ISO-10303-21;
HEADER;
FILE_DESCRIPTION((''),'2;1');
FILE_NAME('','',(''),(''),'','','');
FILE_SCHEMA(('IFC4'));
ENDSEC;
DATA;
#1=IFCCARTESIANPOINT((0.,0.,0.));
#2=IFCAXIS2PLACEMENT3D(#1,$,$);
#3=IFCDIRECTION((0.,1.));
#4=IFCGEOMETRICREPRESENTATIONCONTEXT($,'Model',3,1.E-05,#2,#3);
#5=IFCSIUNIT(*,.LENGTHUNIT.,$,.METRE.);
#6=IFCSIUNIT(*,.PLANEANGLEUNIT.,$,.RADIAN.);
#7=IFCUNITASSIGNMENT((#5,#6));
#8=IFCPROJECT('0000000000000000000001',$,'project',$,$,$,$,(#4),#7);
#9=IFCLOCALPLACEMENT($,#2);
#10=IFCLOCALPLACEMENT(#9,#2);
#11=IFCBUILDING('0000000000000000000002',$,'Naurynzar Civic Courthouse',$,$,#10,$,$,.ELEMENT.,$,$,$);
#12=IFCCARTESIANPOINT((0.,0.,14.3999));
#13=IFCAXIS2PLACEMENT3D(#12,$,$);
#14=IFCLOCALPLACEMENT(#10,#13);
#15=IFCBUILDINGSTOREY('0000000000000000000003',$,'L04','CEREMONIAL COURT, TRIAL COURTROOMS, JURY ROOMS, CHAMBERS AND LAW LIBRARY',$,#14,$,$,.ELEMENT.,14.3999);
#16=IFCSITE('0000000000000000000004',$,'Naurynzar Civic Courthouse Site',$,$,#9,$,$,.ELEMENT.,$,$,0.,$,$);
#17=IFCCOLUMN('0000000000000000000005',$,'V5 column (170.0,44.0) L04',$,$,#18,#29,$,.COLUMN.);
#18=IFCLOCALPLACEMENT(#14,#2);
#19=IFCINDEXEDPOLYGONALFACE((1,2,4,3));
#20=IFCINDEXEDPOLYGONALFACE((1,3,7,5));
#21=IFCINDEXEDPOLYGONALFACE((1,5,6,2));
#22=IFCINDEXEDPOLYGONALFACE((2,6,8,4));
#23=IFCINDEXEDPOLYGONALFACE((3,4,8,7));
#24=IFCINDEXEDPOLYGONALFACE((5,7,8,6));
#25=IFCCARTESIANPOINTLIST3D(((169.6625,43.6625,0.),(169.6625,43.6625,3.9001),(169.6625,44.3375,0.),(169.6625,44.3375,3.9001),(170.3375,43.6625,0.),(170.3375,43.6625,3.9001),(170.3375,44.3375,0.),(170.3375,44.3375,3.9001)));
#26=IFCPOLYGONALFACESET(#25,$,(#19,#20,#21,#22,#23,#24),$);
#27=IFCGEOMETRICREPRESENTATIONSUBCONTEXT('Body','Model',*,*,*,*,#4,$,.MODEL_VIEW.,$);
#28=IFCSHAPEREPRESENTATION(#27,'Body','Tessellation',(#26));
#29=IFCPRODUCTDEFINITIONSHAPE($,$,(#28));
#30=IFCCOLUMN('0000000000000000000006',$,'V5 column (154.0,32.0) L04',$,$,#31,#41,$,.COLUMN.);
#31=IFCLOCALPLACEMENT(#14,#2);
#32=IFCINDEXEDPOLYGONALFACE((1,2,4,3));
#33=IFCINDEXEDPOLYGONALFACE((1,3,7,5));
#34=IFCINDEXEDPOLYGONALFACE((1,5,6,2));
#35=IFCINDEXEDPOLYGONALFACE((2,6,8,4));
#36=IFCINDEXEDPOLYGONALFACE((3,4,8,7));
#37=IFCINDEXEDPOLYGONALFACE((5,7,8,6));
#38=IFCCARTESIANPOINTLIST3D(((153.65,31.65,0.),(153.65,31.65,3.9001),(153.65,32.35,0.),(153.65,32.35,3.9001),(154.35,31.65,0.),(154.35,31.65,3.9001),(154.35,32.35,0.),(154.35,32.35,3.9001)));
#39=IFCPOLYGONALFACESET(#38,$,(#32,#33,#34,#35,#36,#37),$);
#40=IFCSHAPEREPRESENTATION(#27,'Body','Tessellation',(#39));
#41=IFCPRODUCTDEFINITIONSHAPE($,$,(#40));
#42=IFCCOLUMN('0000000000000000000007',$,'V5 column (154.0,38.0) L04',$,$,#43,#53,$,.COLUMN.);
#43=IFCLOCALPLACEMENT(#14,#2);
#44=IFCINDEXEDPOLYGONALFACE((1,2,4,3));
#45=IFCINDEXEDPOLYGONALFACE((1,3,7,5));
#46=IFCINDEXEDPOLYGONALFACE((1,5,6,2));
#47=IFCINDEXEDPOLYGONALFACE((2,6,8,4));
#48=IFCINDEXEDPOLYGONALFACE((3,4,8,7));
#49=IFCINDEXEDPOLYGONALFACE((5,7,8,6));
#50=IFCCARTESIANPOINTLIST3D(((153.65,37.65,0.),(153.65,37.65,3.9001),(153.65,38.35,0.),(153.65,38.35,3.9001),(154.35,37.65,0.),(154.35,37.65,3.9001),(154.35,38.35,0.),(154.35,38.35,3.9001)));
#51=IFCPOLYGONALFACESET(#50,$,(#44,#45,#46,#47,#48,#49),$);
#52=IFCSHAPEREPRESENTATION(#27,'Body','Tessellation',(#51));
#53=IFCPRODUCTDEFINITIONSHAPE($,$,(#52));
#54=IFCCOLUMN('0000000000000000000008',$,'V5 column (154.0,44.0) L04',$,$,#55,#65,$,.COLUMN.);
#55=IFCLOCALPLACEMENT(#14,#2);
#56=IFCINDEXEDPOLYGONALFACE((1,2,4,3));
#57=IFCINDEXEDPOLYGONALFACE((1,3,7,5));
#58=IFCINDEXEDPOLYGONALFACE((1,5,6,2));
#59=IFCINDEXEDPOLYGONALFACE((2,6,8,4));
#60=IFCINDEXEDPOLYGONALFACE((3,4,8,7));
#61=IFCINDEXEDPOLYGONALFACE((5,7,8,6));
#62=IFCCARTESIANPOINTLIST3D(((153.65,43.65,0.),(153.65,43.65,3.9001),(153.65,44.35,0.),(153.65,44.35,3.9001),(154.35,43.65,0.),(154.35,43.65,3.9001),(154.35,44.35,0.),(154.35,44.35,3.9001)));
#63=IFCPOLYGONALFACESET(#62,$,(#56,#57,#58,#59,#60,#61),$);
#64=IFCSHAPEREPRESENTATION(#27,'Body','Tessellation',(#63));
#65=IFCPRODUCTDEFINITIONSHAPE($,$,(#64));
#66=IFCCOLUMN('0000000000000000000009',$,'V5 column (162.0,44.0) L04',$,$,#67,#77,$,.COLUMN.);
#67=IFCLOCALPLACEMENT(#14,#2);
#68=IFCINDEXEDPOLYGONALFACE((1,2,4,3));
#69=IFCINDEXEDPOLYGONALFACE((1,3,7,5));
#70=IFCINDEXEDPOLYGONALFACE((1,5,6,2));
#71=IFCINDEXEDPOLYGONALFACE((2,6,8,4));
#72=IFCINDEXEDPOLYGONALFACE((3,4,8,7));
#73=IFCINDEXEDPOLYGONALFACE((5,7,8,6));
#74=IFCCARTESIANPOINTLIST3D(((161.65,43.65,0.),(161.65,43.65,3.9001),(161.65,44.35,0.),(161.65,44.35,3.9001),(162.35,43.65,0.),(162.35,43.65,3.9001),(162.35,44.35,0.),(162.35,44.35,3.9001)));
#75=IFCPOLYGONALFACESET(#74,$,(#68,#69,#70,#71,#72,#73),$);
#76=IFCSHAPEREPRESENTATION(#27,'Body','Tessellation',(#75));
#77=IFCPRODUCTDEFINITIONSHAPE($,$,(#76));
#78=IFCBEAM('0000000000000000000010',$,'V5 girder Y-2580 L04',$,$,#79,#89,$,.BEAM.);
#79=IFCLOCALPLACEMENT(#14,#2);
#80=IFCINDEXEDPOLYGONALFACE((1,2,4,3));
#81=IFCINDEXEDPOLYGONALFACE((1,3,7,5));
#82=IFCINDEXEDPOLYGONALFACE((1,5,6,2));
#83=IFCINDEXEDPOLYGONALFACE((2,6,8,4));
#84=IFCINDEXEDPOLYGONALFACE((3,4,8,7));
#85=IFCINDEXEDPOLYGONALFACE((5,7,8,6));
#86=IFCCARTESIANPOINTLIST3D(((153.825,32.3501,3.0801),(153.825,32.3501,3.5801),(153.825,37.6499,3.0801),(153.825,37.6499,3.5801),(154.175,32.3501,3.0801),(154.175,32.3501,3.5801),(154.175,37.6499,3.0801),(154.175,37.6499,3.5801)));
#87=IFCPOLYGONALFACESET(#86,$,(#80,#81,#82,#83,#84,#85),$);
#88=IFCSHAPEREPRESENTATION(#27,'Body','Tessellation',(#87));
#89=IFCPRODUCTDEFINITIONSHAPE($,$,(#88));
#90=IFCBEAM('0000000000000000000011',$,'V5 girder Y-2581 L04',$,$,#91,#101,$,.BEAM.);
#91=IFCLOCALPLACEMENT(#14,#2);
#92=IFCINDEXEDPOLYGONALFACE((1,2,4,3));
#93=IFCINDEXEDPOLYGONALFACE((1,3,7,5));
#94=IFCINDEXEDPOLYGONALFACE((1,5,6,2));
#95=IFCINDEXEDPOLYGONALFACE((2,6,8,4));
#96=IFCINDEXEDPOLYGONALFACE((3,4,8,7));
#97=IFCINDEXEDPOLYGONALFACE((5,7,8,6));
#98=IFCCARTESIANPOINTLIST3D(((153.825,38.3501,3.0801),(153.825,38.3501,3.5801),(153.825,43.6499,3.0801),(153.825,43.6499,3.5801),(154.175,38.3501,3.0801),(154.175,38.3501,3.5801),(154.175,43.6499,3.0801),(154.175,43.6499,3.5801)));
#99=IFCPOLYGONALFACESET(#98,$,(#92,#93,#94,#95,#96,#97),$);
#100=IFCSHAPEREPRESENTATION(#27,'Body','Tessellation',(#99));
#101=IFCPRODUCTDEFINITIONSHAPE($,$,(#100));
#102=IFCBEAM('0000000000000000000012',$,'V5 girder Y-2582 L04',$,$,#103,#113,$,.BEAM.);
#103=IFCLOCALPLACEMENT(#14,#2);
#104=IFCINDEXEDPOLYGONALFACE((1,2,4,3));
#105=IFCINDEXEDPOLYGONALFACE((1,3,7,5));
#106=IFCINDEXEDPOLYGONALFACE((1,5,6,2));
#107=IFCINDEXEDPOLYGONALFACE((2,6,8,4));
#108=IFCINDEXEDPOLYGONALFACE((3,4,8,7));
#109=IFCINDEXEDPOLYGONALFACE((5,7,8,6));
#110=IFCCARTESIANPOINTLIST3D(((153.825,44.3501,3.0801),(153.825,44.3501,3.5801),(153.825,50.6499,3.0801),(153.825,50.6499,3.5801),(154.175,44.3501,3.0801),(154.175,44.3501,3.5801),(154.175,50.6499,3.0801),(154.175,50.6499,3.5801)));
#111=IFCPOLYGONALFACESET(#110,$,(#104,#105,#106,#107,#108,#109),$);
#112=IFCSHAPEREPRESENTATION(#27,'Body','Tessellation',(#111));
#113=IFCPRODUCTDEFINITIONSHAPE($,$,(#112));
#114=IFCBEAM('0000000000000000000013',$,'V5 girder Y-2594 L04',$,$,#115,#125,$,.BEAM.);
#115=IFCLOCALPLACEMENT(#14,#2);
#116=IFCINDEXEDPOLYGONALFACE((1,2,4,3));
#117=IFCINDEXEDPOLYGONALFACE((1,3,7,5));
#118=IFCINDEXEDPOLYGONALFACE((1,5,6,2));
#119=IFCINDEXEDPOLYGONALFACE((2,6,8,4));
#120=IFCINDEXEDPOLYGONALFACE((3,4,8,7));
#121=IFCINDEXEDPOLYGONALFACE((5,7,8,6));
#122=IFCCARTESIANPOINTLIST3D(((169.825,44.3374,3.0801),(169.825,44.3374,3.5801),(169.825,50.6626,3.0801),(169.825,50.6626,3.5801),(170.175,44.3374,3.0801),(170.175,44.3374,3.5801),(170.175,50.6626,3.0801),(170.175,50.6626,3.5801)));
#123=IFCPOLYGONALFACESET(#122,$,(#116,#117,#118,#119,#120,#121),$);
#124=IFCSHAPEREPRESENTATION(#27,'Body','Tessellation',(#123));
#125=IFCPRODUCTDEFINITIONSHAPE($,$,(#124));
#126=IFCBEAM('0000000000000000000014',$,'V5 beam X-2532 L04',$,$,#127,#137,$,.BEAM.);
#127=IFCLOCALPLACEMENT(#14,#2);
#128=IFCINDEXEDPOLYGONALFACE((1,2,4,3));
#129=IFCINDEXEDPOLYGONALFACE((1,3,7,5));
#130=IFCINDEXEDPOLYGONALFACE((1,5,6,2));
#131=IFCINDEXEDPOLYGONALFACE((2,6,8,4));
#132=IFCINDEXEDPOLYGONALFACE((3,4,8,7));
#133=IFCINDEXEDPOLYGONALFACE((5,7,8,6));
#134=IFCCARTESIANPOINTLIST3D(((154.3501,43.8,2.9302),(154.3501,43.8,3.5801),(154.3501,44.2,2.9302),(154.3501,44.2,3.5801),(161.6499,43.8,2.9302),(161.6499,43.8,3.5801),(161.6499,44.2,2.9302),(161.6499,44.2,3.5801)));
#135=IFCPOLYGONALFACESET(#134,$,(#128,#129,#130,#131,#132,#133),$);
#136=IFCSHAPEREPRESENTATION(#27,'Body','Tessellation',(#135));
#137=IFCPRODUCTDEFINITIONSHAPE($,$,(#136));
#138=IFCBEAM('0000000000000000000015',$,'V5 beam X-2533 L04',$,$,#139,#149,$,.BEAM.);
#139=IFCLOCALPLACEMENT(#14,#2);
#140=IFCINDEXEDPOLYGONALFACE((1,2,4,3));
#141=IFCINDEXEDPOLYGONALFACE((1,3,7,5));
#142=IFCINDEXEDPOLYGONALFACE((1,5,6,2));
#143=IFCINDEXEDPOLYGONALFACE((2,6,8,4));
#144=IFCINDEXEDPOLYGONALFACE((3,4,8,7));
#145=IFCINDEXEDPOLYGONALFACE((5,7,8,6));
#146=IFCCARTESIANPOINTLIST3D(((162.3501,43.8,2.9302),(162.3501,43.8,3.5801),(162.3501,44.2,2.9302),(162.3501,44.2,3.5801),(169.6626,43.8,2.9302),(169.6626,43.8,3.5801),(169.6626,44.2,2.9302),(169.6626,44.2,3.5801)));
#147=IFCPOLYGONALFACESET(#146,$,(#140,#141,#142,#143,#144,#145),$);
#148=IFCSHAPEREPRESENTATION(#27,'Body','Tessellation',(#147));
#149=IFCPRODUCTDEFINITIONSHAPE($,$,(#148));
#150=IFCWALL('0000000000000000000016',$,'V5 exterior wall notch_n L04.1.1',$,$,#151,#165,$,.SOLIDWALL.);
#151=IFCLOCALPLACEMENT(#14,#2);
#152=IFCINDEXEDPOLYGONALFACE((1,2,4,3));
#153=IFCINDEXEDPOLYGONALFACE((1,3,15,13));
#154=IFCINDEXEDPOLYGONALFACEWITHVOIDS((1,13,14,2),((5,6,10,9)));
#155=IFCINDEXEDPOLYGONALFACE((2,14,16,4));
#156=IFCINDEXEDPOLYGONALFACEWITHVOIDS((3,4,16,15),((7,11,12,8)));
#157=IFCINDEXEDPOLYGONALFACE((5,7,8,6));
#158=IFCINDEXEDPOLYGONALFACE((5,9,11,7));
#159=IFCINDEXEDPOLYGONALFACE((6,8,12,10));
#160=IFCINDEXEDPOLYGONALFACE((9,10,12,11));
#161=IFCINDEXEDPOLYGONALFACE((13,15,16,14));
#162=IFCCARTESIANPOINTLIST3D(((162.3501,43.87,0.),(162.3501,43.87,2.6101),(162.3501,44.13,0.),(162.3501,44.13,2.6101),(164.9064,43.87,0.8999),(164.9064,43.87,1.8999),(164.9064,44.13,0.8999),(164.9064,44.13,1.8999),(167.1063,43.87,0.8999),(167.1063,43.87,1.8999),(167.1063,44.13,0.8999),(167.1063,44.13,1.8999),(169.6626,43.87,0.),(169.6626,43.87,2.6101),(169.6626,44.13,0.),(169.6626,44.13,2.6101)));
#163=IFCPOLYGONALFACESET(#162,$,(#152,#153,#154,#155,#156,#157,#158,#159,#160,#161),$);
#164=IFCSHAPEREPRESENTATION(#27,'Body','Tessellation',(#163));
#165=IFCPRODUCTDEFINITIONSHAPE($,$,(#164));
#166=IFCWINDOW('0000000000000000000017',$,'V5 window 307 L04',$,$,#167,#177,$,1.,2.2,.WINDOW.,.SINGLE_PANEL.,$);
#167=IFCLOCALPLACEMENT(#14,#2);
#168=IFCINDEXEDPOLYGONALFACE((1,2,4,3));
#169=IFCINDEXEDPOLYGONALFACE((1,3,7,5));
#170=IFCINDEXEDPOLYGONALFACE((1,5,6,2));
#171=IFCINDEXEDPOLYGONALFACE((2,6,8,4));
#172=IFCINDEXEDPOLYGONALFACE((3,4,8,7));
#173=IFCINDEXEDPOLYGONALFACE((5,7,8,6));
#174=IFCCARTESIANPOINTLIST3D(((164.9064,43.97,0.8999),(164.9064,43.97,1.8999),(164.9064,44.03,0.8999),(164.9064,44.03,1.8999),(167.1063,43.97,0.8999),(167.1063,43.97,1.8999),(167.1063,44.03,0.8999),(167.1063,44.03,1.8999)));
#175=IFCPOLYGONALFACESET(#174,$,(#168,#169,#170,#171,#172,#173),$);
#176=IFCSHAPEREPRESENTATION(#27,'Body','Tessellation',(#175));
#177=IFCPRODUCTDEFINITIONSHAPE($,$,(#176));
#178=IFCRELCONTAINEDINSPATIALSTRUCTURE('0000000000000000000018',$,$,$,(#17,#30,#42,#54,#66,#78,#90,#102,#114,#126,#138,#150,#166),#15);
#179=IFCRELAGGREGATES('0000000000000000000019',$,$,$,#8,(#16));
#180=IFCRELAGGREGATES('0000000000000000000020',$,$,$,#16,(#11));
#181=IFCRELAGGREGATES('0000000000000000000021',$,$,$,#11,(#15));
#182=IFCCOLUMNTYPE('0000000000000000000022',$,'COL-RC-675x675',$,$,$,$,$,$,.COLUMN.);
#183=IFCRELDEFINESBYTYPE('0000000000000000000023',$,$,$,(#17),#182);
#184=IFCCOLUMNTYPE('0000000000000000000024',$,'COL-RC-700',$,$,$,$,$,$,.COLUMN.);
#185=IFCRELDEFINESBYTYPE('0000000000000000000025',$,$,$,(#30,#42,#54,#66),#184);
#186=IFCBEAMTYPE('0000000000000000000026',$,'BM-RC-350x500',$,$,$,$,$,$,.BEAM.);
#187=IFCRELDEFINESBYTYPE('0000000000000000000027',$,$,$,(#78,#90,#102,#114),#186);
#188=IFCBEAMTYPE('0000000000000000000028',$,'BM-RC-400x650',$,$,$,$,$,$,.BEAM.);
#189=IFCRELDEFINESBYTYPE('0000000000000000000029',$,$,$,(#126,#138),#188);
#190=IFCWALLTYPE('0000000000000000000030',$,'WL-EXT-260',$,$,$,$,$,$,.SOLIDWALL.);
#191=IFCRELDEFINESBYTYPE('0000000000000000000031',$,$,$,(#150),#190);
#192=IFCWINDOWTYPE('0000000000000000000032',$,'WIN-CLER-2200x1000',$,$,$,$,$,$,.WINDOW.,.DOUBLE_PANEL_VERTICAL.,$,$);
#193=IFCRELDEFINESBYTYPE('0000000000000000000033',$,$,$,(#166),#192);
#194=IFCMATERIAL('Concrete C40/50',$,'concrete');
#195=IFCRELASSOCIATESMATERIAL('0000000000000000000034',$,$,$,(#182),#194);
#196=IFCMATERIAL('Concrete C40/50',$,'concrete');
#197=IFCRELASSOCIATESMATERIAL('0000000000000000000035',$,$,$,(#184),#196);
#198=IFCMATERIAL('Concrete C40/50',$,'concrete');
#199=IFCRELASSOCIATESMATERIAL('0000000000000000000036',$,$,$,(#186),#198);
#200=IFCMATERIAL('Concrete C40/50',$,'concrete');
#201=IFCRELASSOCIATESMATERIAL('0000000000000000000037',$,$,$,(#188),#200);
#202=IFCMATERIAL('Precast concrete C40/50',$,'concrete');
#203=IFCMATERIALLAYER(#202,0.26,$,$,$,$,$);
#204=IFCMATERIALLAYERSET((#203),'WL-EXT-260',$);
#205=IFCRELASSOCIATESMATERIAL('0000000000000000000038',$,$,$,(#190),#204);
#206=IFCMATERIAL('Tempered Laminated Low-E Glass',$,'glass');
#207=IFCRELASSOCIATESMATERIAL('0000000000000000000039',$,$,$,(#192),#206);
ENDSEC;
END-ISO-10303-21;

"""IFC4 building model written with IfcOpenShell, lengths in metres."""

from ifc_helpers import new_model, si_unit, direction, frame, frame_2d, origin, origin_2d, place, context, subcontext, project, spatial, rectangle, extrude, material, layer, layer_set, material_profile, profile_set, type_object, element, fill, save


model = new_model("IFC4")

# Units and contexts
model_context = context("Model", 3, precision=1e-05, world=origin(), true_north=direction((0.0, 1.0)))
body_context = subcontext(model_context, "Body", "Model", "MODEL_VIEW")
ifc_project = project(units=[si_unit("LENGTHUNIT", "METRE"), si_unit("PLANEANGLEUNIT", "RADIAN")], contexts=[model_context])

# Site, building, storey
site_placement = place(None, origin())
site = spatial("IfcSite", under=ifc_project, at=site_placement, Name="Naurynzar Civic Courthouse Site", CompositionType="ELEMENT", RefElevation=0.0)
building_placement = place(site_placement, origin())
building = spatial("IfcBuilding", under=site, at=building_placement, Name="Naurynzar Civic Courthouse", CompositionType="ELEMENT")
storey_placement = place(building_placement, frame((0.0, 0.0, 14.3999)))
storey = spatial("IfcBuildingStorey", under=building, at=storey_placement, Name="L04", Description="CEREMONIAL COURT, TRIAL COURTROOMS, JURY ROOMS, CHAMBERS AND LAW LIBRARY", CompositionType="ELEMENT", Elevation=14.3999)

# Columns
ifc_material_1 = material(Name="Concrete C40/50", Category="concrete")
ifc_material_profile_1 = material_profile(ifc_material_1, rectangle(XDim=0.675, YDim=0.675, at=origin_2d()), Name="RC 675x675")
ifc_profile_set_1 = profile_set([ifc_material_profile_1], Name="Concrete C40/50")
column_type_1 = type_object("IfcColumnType", Name="COL-RC-675x675", PredefinedType="COLUMN", material=ifc_profile_set_1)
column_placement = place(storey_placement, frame((170.0, 44.0, 0.0), z_axis=(0.0, 0.0, 1.0), x_axis=(1.0, 0.0, 0.0)))
element("IfcColumn", 1, at=column_placement, inside=storey, type_object=column_type_1, Name="V5 column (170.0,44.0) L04", PredefinedType="COLUMN", context=body_context, shape_type="SweptSolid", body=[
    extrude(rectangle(XDim=0.675, YDim=0.675, at=origin_2d()), origin(), (0.0, 0.0, 1.0), 3.9001),
])
ifc_material_2 = material(Name="Concrete C40/50", Category="concrete")
ifc_material_profile_2 = material_profile(ifc_material_2, rectangle(XDim=0.7, YDim=0.7, at=origin_2d()), Name="RC 700x700")
ifc_profile_set_2 = profile_set([ifc_material_profile_2], Name="Concrete C40/50")
column_type_2 = type_object("IfcColumnType", Name="COL-RC-700", PredefinedType="COLUMN", material=ifc_profile_set_2)
for number, where, z_axis, x_axis, name in (
    (2, (154.0, 32.0, 0.0), (0.0, 0.0, 1.0), (1.0, 0.0, 0.0), "V5 column (154.0,32.0) L04"),
    (3, (154.0, 38.0, 0.0), (0.0, 0.0, 1.0), (1.0, 0.0, 0.0), "V5 column (154.0,38.0) L04"),
    (4, (154.0, 44.0, 0.0), (0.0, 0.0, 1.0), (1.0, 0.0, 0.0), "V5 column (154.0,44.0) L04"),
    (5, (162.0, 44.0, 0.0), (0.0, 0.0, 1.0), (1.0, 0.0, 0.0), "V5 column (162.0,44.0) L04"),
):
    element("IfcColumn", number, at=place(storey_placement, frame(where, z_axis=z_axis, x_axis=x_axis)), inside=storey, type_object=column_type_2, Name=name, PredefinedType="COLUMN", context=body_context, shape_type="SweptSolid", body=[
        extrude(rectangle(XDim=0.7, YDim=0.7, at=origin_2d()), origin(), (0.0, 0.0, 1.0), 3.9001),
    ])

# Beams
ifc_material_3 = material(Name="Concrete C40/50", Category="concrete")
ifc_material_profile_3 = material_profile(ifc_material_3, rectangle(XDim=0.3501, YDim=0.5, at=origin_2d()), Name="RCB 350x500")
ifc_profile_set_3 = profile_set([ifc_material_profile_3], Name="Concrete C40/50")
beam_type_1 = type_object("IfcBeamType", Name="BM-RC-350x500", PredefinedType="BEAM", material=ifc_profile_set_3)
for number, where, z_axis, x_axis, name in (
    (6, (154.0, 32.3501, 3.3301), (0.0, 1.0, 0.0), (-1.0, 0.0, 0.0), "V5 girder Y-2580 L04"),
    (7, (154.0, 38.3501, 3.3301), (0.0, 1.0, 0.0), (-1.0, 0.0, 0.0), "V5 girder Y-2581 L04"),
):
    element("IfcBeam", number, at=place(storey_placement, frame(where, z_axis=z_axis, x_axis=x_axis)), inside=storey, type_object=beam_type_1, Name=name, PredefinedType="BEAM", context=body_context, shape_type="SweptSolid", body=[
        extrude(rectangle(XDim=0.3501, YDim=0.5, at=origin_2d()), origin(), (0.0, 0.0, 1.0), 5.2998),
    ])
beam_1_placement = place(storey_placement, frame((154.0, 44.3501, 3.3301), z_axis=(0.0, 1.0, 0.0), x_axis=(-1.0, 0.0, 0.0)))
element("IfcBeam", 8, at=beam_1_placement, inside=storey, type_object=beam_type_1, Name="V5 girder Y-2582 L04", PredefinedType="BEAM", context=body_context, shape_type="SweptSolid", body=[
    extrude(rectangle(XDim=0.3501, YDim=0.5, at=origin_2d()), origin(), (0.0, 0.0, 1.0), 6.2998),
])
beam_2_placement = place(storey_placement, frame((170.0, 44.3374, 3.3301), z_axis=(0.0, 1.0, 0.0), x_axis=(-1.0, 0.0, 0.0)))
element("IfcBeam", 9, at=beam_2_placement, inside=storey, type_object=beam_type_1, Name="V5 girder Y-2594 L04", PredefinedType="BEAM", context=body_context, shape_type="SweptSolid", body=[
    extrude(rectangle(XDim=0.3501, YDim=0.5, at=origin_2d()), origin(), (0.0, 0.0, 1.0), 6.3252),
])
ifc_material_4 = material(Name="Concrete C40/50", Category="concrete")
ifc_material_profile_4 = material_profile(ifc_material_4, rectangle(XDim=0.3999, YDim=0.6499, at=origin_2d()), Name="RCB 400x650")
ifc_profile_set_4 = profile_set([ifc_material_profile_4], Name="Concrete C40/50")
beam_type_2 = type_object("IfcBeamType", Name="BM-RC-400x650", PredefinedType="BEAM", material=ifc_profile_set_4)
beam_3_placement = place(storey_placement, frame((154.3501, 44.0, 3.2551), z_axis=(1.0, 0.0, 0.0), x_axis=(0.0, 1.0, 0.0)))
element("IfcBeam", 10, at=beam_3_placement, inside=storey, type_object=beam_type_2, Name="V5 beam X-2532 L04", PredefinedType="BEAM", context=body_context, shape_type="SweptSolid", body=[
    extrude(rectangle(XDim=0.3999, YDim=0.6499, at=origin_2d()), origin(), (0.0, 0.0, 1.0), 7.2998),
])
beam_4_placement = place(storey_placement, frame((162.3501, 44.0, 3.2551), z_axis=(1.0, 0.0, 0.0), x_axis=(0.0, 1.0, 0.0)))
element("IfcBeam", 11, at=beam_4_placement, inside=storey, type_object=beam_type_2, Name="V5 beam X-2533 L04", PredefinedType="BEAM", context=body_context, shape_type="SweptSolid", body=[
    extrude(rectangle(XDim=0.3999, YDim=0.6499, at=origin_2d()), origin(), (0.0, 0.0, 1.0), 7.3125),
])

# Wall, opening, window
ifc_material_5 = material(Name="Precast concrete C40/50", Category="concrete")
ifc_layer = layer(ifc_material_5, 0.26)
ifc_layer_set = layer_set([ifc_layer], Name="WL-EXT-260")
wall_type = type_object("IfcWallType", Name="WL-EXT-260", PredefinedType="SOLIDWALL", material=ifc_layer_set)
wall_1_placement = place(storey_placement, frame((169.6626, 44.0, 0.0), z_axis=(0.0, 0.0, 1.0), x_axis=(-1.0, 0.0, 0.0)))
wall_1 = element("IfcWall", 12, at=wall_1_placement, inside=storey, type_object=wall_type, Name="V5 exterior wall notch_n L04.1.1", PredefinedType="SOLIDWALL", context=body_context, shape_type="SweptSolid", body=[
    extrude(rectangle(XDim=7.3125, YDim=0.26, at=frame_2d((3.6562, 0.0))), origin(), (0.0, 0.0, 1.0), 2.6101),
])
opening_1_placement = place(wall_1_placement, frame((2.5562, 0.0, 0.8999)))
opening_1 = element("IfcOpeningElement", 13, at=opening_1_placement, cuts=wall_1, PredefinedType="OPENING", context=body_context, shape_type="SweptSolid", body=[
    extrude(rectangle(XDim=2.2, YDim=1.0, at=frame_2d((1.1001, 0.5))), frame((0.0, 0.1399, 0.0), z_axis=(0.0, -1.0, 0.0), x_axis=(1.0, 0.0, 0.0)), (0.0, 0.0, 1.0), 0.28),
])
ifc_material_6 = material(Name="Tempered Laminated Low-E Glass", Category="glass")
window_type_1 = type_object("IfcWindowType", Name="WIN-CLER-2200x1000", PartitioningType="DOUBLE_PANEL_VERTICAL", PredefinedType="WINDOW", material=ifc_material_6)
window_1_placement = place(opening_1_placement, origin())
window_1 = element("IfcWindow", 14, at=window_1_placement, inside=storey, type_object=window_type_1, Name="V5 window 307 L04", OverallHeight=1.0, OverallWidth=2.2, PartitioningType="SINGLE_PANEL", PredefinedType="WINDOW", context=body_context, shape_type="SweptSolid", body=[
    extrude(rectangle(XDim=2.2, YDim=1.0, at=frame_2d((1.1001, 0.5))), frame((0.0, 0.03, 0.0), z_axis=(0.0, -1.0, 0.0), x_axis=(1.0, 0.0, 0.0)), (0.0, 0.0, 1.0), 0.0601),
])
fill(opening_1, window_1)

save(model, "model.ifc")
